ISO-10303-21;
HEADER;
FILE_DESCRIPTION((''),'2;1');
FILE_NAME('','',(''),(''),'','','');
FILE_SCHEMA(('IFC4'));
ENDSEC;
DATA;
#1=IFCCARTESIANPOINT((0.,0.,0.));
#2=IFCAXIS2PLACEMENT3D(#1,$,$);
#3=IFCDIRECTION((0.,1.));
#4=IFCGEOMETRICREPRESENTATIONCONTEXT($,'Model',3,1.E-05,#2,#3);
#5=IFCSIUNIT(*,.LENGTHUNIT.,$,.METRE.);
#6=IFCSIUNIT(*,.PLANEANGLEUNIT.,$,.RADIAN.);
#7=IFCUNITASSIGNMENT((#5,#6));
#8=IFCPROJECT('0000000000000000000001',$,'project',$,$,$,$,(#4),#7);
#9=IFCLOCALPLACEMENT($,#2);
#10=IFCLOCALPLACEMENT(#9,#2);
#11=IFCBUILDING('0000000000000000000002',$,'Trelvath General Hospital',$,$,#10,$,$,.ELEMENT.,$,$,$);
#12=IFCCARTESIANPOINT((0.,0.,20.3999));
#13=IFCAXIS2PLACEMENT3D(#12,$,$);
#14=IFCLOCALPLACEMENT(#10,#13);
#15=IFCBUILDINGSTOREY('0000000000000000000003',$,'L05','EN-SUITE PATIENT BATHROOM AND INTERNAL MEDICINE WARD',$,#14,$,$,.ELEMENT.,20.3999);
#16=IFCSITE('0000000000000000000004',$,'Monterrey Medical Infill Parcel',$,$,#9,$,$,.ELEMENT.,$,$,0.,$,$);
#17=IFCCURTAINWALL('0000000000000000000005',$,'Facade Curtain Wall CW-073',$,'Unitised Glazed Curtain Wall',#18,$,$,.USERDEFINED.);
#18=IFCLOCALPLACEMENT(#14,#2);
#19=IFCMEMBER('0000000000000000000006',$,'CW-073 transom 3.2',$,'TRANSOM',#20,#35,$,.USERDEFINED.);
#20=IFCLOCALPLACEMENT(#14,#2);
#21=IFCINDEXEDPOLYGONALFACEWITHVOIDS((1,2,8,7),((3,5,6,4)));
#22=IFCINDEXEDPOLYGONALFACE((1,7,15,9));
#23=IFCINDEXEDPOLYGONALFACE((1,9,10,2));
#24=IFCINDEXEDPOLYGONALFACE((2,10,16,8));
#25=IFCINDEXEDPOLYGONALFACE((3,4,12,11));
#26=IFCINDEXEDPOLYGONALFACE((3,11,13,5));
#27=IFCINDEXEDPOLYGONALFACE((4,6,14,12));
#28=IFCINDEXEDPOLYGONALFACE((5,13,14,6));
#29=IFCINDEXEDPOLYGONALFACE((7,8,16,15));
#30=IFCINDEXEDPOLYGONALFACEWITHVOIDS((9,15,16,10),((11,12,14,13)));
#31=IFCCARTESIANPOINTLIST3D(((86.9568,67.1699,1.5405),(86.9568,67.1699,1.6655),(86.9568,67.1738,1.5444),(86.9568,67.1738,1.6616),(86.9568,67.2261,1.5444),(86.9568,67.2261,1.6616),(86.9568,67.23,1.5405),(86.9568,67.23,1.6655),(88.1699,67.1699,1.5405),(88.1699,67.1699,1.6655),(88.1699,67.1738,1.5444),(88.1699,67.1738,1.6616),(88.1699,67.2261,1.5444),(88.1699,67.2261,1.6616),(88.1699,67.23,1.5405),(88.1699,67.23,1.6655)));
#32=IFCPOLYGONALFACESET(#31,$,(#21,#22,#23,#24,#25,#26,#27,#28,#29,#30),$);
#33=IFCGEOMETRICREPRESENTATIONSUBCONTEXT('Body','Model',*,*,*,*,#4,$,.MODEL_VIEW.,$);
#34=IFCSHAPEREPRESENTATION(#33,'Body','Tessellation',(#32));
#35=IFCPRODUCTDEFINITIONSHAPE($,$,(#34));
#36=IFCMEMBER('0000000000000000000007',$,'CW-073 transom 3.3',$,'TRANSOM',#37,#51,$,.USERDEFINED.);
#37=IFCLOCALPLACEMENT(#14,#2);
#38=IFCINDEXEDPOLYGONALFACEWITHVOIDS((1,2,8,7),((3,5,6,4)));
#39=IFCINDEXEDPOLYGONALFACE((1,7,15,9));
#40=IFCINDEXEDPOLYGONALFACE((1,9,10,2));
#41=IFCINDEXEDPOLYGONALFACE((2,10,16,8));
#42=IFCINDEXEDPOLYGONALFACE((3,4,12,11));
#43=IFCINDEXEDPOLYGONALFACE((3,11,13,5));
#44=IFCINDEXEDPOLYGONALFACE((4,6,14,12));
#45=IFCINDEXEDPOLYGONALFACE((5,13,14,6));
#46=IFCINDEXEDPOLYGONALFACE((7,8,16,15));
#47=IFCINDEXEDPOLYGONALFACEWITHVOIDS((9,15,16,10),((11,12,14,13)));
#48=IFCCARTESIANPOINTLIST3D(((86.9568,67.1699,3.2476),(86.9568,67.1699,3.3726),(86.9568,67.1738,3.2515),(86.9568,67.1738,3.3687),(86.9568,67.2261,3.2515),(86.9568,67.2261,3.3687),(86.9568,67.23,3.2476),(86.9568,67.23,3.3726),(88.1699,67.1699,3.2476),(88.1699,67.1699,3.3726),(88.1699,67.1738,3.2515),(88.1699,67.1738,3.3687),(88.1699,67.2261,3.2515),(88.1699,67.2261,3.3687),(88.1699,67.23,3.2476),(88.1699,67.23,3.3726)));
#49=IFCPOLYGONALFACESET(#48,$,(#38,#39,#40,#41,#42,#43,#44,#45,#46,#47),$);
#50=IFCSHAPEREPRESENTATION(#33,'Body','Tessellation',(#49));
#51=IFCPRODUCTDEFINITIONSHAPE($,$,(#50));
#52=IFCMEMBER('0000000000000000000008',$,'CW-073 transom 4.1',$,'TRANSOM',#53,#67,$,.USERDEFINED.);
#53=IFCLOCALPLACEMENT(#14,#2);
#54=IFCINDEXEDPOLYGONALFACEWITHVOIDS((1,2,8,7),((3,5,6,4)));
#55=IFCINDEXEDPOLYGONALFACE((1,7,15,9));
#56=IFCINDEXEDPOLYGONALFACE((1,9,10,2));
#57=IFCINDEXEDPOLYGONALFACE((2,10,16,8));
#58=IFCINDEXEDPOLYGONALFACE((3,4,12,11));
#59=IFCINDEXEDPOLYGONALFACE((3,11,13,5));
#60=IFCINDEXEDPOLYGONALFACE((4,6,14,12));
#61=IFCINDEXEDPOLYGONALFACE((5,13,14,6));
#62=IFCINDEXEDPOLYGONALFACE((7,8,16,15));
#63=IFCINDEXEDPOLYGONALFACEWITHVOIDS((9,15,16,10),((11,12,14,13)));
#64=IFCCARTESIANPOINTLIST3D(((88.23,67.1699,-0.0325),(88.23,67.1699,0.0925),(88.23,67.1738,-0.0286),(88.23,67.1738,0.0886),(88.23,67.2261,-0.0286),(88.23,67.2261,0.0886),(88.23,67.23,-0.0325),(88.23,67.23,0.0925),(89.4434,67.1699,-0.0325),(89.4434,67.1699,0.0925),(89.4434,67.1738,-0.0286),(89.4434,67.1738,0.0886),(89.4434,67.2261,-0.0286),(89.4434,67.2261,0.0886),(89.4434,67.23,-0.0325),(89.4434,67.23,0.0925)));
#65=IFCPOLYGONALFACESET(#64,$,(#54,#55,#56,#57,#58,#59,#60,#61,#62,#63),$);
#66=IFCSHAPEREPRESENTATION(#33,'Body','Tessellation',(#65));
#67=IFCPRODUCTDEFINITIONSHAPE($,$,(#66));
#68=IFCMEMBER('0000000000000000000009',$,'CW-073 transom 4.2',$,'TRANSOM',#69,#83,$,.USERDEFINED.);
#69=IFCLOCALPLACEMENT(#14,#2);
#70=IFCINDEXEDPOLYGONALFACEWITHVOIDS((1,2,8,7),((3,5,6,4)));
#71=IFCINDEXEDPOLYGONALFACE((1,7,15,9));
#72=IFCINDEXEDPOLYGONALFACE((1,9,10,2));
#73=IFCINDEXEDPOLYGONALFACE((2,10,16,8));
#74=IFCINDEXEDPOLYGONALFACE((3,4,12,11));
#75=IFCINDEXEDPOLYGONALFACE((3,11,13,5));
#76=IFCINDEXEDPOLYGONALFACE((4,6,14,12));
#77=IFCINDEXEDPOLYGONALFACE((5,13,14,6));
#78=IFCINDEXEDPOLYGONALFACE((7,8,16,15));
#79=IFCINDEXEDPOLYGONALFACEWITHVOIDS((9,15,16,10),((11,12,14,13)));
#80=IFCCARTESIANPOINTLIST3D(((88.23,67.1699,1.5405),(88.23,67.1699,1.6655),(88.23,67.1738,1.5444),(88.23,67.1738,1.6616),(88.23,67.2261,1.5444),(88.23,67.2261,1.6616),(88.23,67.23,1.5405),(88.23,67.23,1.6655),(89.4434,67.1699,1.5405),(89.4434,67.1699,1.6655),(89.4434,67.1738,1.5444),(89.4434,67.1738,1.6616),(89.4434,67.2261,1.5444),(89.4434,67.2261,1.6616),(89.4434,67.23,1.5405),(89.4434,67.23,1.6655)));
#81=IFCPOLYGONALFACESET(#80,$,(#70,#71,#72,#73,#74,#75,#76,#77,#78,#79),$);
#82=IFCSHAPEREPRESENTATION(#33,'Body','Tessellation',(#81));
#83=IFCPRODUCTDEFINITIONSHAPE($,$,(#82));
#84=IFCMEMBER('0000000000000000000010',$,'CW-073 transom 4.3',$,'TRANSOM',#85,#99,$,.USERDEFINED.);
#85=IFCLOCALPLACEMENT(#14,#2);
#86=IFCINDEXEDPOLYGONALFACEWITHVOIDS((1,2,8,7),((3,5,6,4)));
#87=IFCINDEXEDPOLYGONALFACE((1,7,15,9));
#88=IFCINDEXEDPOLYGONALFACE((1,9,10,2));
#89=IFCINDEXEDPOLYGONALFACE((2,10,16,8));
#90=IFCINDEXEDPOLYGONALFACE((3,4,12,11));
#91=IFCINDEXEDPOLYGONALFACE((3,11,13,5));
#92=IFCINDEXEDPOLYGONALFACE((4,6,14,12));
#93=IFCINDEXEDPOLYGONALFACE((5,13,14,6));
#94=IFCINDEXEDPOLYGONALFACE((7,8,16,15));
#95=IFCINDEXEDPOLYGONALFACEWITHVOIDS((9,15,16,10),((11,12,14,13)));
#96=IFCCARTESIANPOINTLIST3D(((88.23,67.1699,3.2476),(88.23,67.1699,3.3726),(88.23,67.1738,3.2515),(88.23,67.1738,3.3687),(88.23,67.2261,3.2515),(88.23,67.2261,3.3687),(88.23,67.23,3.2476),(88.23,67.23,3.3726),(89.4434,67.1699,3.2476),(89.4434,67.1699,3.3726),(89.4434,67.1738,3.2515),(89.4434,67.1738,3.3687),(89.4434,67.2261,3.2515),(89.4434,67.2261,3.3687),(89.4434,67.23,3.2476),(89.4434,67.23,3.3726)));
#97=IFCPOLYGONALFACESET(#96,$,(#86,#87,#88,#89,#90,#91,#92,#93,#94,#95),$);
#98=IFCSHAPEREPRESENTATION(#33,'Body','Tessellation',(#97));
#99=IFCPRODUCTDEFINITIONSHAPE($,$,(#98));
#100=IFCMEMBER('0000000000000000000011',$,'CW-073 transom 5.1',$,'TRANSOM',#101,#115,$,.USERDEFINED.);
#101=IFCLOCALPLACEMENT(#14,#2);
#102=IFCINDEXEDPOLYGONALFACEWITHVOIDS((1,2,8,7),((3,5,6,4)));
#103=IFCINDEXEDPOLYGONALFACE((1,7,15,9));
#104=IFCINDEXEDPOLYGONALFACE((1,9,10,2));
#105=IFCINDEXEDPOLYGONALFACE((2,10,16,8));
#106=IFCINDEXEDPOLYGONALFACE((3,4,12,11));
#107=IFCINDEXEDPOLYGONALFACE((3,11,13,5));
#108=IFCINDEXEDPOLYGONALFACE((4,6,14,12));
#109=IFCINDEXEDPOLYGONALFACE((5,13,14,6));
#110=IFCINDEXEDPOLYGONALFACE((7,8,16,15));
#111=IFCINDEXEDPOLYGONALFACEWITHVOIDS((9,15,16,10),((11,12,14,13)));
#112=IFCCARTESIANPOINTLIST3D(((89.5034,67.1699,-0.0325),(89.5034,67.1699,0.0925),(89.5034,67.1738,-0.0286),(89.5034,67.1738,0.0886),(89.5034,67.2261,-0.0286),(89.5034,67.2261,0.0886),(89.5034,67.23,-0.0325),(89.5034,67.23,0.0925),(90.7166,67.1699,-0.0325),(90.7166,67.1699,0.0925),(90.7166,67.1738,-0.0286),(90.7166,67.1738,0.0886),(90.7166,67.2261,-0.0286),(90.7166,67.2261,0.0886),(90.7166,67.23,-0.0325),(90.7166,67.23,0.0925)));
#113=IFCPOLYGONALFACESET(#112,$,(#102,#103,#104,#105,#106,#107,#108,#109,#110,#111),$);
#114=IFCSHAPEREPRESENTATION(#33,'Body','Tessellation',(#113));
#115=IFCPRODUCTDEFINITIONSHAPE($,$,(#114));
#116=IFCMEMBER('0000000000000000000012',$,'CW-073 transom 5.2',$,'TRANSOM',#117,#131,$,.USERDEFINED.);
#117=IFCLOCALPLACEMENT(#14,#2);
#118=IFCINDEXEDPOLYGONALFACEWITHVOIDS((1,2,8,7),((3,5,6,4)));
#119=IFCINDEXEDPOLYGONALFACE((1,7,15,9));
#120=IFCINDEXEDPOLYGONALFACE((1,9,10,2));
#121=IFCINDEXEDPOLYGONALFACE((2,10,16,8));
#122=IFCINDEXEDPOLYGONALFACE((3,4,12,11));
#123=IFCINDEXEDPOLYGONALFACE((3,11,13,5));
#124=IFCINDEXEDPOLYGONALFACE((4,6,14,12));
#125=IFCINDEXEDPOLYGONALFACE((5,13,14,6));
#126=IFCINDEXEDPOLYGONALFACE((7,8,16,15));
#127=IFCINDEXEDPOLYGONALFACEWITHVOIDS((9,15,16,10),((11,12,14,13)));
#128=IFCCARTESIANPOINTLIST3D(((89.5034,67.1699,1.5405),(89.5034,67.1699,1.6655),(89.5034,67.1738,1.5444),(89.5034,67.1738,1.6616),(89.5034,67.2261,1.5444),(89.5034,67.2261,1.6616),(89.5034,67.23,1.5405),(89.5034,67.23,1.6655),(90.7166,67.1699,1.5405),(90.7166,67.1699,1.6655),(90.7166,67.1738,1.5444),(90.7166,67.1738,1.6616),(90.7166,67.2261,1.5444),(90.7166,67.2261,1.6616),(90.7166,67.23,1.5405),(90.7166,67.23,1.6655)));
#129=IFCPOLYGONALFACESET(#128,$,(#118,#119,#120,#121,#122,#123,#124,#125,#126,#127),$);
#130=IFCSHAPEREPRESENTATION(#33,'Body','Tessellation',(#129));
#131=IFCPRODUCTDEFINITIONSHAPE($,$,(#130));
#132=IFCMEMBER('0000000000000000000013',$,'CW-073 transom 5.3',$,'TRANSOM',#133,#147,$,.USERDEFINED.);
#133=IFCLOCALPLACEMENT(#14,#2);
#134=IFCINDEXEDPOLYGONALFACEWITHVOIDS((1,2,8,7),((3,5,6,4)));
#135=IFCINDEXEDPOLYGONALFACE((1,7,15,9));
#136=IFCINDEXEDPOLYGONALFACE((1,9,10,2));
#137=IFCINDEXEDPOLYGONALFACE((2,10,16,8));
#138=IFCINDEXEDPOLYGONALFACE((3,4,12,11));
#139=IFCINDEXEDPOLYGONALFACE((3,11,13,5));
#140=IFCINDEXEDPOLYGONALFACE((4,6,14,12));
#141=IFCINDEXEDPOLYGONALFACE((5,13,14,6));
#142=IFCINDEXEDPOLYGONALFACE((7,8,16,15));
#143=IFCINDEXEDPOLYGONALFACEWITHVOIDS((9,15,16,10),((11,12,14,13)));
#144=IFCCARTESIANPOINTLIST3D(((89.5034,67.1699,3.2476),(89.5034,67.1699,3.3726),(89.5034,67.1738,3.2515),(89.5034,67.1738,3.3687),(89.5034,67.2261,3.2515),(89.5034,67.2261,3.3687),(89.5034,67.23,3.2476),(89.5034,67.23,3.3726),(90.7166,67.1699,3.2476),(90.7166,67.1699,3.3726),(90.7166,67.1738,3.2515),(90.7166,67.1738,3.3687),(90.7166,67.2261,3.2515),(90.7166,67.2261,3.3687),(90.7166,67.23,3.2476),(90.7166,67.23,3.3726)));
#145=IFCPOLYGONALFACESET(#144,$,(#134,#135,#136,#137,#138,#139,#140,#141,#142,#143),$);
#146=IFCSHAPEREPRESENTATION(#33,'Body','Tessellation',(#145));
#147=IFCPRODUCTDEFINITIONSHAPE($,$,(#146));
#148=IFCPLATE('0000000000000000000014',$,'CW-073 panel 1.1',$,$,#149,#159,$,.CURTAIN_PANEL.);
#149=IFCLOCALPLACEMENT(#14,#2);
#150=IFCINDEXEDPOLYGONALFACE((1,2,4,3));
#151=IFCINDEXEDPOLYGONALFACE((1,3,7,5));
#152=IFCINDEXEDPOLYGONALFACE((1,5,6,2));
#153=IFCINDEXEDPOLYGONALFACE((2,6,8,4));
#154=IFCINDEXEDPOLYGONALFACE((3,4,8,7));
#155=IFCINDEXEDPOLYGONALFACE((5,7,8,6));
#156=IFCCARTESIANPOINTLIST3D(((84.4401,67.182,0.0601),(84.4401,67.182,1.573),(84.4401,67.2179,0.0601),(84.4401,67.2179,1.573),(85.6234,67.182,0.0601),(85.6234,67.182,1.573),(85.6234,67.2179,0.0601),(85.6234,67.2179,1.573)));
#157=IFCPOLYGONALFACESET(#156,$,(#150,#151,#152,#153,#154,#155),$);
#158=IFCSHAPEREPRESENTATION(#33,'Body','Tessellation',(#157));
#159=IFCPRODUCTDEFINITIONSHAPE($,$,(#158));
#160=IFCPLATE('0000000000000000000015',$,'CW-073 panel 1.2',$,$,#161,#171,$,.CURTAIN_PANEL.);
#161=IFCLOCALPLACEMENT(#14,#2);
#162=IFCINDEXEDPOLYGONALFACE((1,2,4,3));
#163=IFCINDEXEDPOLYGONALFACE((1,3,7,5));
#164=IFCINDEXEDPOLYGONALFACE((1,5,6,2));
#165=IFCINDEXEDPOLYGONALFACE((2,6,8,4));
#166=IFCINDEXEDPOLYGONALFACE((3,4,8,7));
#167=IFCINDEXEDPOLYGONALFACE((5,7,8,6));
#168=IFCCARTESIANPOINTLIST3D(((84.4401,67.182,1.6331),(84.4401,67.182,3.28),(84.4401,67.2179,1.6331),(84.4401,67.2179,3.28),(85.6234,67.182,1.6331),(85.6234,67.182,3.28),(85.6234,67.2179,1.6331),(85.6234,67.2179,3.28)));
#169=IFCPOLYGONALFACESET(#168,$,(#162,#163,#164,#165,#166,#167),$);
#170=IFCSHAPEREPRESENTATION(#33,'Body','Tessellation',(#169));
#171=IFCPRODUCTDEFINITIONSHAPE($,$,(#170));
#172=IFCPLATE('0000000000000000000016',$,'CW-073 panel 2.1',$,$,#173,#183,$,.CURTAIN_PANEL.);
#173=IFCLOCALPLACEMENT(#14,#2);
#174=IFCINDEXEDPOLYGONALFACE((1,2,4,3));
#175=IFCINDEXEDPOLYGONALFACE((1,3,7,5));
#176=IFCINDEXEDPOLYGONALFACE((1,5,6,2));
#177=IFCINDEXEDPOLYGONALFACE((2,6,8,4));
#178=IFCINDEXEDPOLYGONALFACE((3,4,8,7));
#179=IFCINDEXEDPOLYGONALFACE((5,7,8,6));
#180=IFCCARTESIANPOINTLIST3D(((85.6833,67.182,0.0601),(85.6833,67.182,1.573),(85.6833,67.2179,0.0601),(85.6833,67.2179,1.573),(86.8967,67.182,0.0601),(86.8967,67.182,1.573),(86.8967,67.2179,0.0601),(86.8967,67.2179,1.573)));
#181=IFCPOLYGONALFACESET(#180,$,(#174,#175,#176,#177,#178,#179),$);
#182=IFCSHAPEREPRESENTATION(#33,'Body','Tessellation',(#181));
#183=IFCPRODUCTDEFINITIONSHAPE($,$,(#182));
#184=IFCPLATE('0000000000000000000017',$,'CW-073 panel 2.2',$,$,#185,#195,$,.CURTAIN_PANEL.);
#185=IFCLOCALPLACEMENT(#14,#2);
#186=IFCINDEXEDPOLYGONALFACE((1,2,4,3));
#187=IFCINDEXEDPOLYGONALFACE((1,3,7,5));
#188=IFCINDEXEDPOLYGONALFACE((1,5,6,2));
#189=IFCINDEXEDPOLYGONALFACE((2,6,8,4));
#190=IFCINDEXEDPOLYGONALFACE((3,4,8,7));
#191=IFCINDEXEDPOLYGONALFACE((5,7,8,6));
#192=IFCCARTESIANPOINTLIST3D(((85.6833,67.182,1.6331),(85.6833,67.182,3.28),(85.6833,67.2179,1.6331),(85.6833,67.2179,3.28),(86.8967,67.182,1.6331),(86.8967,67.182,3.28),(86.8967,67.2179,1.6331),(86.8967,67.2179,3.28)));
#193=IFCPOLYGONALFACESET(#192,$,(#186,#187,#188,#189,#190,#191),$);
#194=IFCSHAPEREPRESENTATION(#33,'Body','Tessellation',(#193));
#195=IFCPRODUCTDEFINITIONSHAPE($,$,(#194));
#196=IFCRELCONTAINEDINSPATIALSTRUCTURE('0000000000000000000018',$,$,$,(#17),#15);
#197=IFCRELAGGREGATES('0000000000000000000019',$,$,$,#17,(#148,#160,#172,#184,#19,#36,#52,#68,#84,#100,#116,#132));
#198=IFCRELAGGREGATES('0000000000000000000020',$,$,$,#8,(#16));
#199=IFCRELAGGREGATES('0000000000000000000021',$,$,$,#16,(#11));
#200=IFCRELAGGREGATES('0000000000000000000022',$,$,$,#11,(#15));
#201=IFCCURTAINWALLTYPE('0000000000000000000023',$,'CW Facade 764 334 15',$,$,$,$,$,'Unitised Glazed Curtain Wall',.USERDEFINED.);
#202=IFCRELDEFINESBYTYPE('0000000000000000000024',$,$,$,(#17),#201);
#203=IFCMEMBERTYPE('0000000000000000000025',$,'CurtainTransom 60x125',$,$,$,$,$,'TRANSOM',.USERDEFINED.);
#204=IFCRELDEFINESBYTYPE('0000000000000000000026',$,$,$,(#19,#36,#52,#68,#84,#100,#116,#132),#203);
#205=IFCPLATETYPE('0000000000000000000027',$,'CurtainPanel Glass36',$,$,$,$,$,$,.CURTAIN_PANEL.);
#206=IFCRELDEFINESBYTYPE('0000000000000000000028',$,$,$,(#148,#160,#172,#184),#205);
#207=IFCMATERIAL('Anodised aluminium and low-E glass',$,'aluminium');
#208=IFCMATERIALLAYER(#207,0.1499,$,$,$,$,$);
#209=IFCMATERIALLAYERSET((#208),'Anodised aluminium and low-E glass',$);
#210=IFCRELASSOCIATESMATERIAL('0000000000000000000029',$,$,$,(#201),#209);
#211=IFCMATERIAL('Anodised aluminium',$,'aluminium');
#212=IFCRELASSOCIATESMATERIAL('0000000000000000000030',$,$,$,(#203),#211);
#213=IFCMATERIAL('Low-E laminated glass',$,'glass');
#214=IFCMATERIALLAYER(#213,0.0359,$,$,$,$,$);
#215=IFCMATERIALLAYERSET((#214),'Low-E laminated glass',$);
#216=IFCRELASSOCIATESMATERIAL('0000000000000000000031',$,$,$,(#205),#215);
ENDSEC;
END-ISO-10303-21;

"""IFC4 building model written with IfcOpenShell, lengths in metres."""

from ifc_helpers import new_model, si_unit, direction, frame, origin, origin_2d, place, context, subcontext, project, spatial, rectangle, hollow_rectangle, extrude, material, layer, layer_set, material_profile, profile_set, type_object, element, aggregate, save


model = new_model("IFC4")

# Units and contexts
model_context = context("Model", 3, precision=1e-05, world=origin(), true_north=direction((0.0, 1.0)))
body_context = subcontext(model_context, "Body", "Model", "MODEL_VIEW")
ifc_project = project(units=[si_unit("LENGTHUNIT", "METRE"), si_unit("PLANEANGLEUNIT", "RADIAN")], contexts=[model_context])

# Site, building, storey
site_placement = place(None, origin())
site = spatial("IfcSite", under=ifc_project, at=site_placement, Name="Monterrey Medical Infill Parcel", CompositionType="ELEMENT", RefElevation=0.0)
building_placement = place(site_placement, origin())
building = spatial("IfcBuilding", under=site, at=building_placement, Name="Trelvath General Hospital", CompositionType="ELEMENT")
storey_placement = place(building_placement, frame((0.0, 0.0, 20.3999)))
storey = spatial("IfcBuildingStorey", under=building, at=storey_placement, Name="L05", Description="EN-SUITE PATIENT BATHROOM AND INTERNAL MEDICINE WARD", CompositionType="ELEMENT", Elevation=20.3999)

# Curtain wall, members, plates
ifc_material_1 = material(Name="Anodised aluminium and low-E glass", Category="aluminium")
ifc_layer_1 = layer(ifc_material_1, 0.1499)
ifc_layer_set_1 = layer_set([ifc_layer_1], Name="Anodised aluminium and low-E glass")
curtain_wall_type = type_object("IfcCurtainWallType", Name="CW Facade 764 334 15", ElementType="Unitised Glazed Curtain Wall", PredefinedType="USERDEFINED", material=ifc_layer_set_1)
curtain_wall_placement = place(storey_placement, origin())
curtain_wall = element("IfcCurtainWall", 1, at=curtain_wall_placement, inside=storey, type_object=curtain_wall_type, Name="Facade Curtain Wall CW-073", ObjectType="Unitised Glazed Curtain Wall", PredefinedType="USERDEFINED")
ifc_material_2 = material(Name="Anodised aluminium", Category="aluminium")
ifc_material_profile_1 = material_profile(ifc_material_2, hollow_rectangle(XDim=0.0601, YDim=0.125, WallThickness=0.0039, at=origin_2d()), Name="RHS60x125x4")
ifc_profile_set_1 = profile_set([ifc_material_profile_1], Name="Anodised aluminium")
member_type_1 = type_object("IfcMemberType", Name="CurtainTransom 60x125", ElementType="TRANSOM", PredefinedType="USERDEFINED", material=ifc_profile_set_1)
member_1_placement = place(storey_placement, frame((86.9568, 67.2, 1.603), z_axis=(1.0, 0.0, 0.0), x_axis=(0.0, 1.0, 0.0)))
member_1 = element("IfcMember", 2, at=member_1_placement, type_object=member_type_1, Name="CW-073 transom 3.2", ObjectType="TRANSOM", PredefinedType="USERDEFINED", context=body_context, shape_type="SweptSolid", body=[
    extrude(hollow_rectangle(XDim=0.0601, YDim=0.125, WallThickness=0.0039, at=origin_2d()), origin(), (0.0, 0.0, 1.0), 1.2131),
])
member_2_placement = place(storey_placement, frame((86.9568, 67.2, 3.3101), z_axis=(1.0, 0.0, 0.0), x_axis=(0.0, 1.0, 0.0)))
member_2 = element("IfcMember", 3, at=member_2_placement, type_object=member_type_1, Name="CW-073 transom 3.3", ObjectType="TRANSOM", PredefinedType="USERDEFINED", context=body_context, shape_type="SweptSolid", body=[
    extrude(hollow_rectangle(XDim=0.0601, YDim=0.125, WallThickness=0.0039, at=origin_2d()), origin(), (0.0, 0.0, 1.0), 1.2131),
])
member_3_placement = place(storey_placement, frame((88.23, 67.2, 0.03), z_axis=(1.0, 0.0, 0.0), x_axis=(0.0, 1.0, 0.0)))
member_3 = element("IfcMember", 4, at=member_3_placement, type_object=member_type_1, Name="CW-073 transom 4.1", ObjectType="TRANSOM", PredefinedType="USERDEFINED", context=body_context, shape_type="SweptSolid", body=[
    extrude(hollow_rectangle(XDim=0.0601, YDim=0.125, WallThickness=0.0039, at=origin_2d()), origin(), (0.0, 0.0, 1.0), 1.2134),
])
member_4_placement = place(storey_placement, frame((88.23, 67.2, 1.603), z_axis=(1.0, 0.0, 0.0), x_axis=(0.0, 1.0, 0.0)))
member_4 = element("IfcMember", 5, at=member_4_placement, type_object=member_type_1, Name="CW-073 transom 4.2", ObjectType="TRANSOM", PredefinedType="USERDEFINED", context=body_context, shape_type="SweptSolid", body=[
    extrude(hollow_rectangle(XDim=0.0601, YDim=0.125, WallThickness=0.0039, at=origin_2d()), origin(), (0.0, 0.0, 1.0), 1.2134),
])
member_5_placement = place(storey_placement, frame((88.23, 67.2, 3.3101), z_axis=(1.0, 0.0, 0.0), x_axis=(0.0, 1.0, 0.0)))
member_5 = element("IfcMember", 6, at=member_5_placement, type_object=member_type_1, Name="CW-073 transom 4.3", ObjectType="TRANSOM", PredefinedType="USERDEFINED", context=body_context, shape_type="SweptSolid", body=[
    extrude(hollow_rectangle(XDim=0.0601, YDim=0.125, WallThickness=0.0039, at=origin_2d()), origin(), (0.0, 0.0, 1.0), 1.2134),
])
member_6_placement = place(storey_placement, frame((89.5034, 67.2, 0.03), z_axis=(1.0, 0.0, 0.0), x_axis=(0.0, 1.0, 0.0)))
member_6 = element("IfcMember", 7, at=member_6_placement, type_object=member_type_1, Name="CW-073 transom 5.1", ObjectType="TRANSOM", PredefinedType="USERDEFINED", context=body_context, shape_type="SweptSolid", body=[
    extrude(hollow_rectangle(XDim=0.0601, YDim=0.125, WallThickness=0.0039, at=origin_2d()), origin(), (0.0, 0.0, 1.0), 1.2131),
])
member_7_placement = place(storey_placement, frame((89.5034, 67.2, 1.603), z_axis=(1.0, 0.0, 0.0), x_axis=(0.0, 1.0, 0.0)))
member_7 = element("IfcMember", 8, at=member_7_placement, type_object=member_type_1, Name="CW-073 transom 5.2", ObjectType="TRANSOM", PredefinedType="USERDEFINED", context=body_context, shape_type="SweptSolid", body=[
    extrude(hollow_rectangle(XDim=0.0601, YDim=0.125, WallThickness=0.0039, at=origin_2d()), origin(), (0.0, 0.0, 1.0), 1.2131),
])
member_8_placement = place(storey_placement, frame((89.5034, 67.2, 3.3101), z_axis=(1.0, 0.0, 0.0), x_axis=(0.0, 1.0, 0.0)))
member_8 = element("IfcMember", 9, at=member_8_placement, type_object=member_type_1, Name="CW-073 transom 5.3", ObjectType="TRANSOM", PredefinedType="USERDEFINED", context=body_context, shape_type="SweptSolid", body=[
    extrude(hollow_rectangle(XDim=0.0601, YDim=0.125, WallThickness=0.0039, at=origin_2d()), origin(), (0.0, 0.0, 1.0), 1.2131),
])
ifc_material_3 = material(Name="Low-E laminated glass", Category="glass")
ifc_layer_2 = layer(ifc_material_3, 0.0359)
ifc_layer_set_2 = layer_set([ifc_layer_2], Name="Low-E laminated glass")
plate_type = type_object("IfcPlateType", Name="CurtainPanel Glass36", PredefinedType="CURTAIN_PANEL", material=ifc_layer_set_2)
plate_1_placement = place(storey_placement, frame((85.0317, 67.2, 0.0601), z_axis=(0.0, 0.0, 1.0), x_axis=(1.0, 0.0, 0.0)))
plate_1 = element("IfcPlate", 10, at=plate_1_placement, type_object=plate_type, Name="CW-073 panel 1.1", PredefinedType="CURTAIN_PANEL", context=body_context, shape_type="SweptSolid", body=[
    extrude(rectangle(XDim=1.1833, YDim=0.0359, at=origin_2d()), origin(), (0.0, 0.0, 1.0), 1.5129),
])
plate_2_placement = place(storey_placement, frame((85.0317, 67.2, 1.6331), z_axis=(0.0, 0.0, 1.0), x_axis=(1.0, 0.0, 0.0)))
plate_2 = element("IfcPlate", 11, at=plate_2_placement, type_object=plate_type, Name="CW-073 panel 1.2", PredefinedType="CURTAIN_PANEL", context=body_context, shape_type="SweptSolid", body=[
    extrude(rectangle(XDim=1.1833, YDim=0.0359, at=origin_2d()), origin(), (0.0, 0.0, 1.0), 1.647),
])
plate_3_placement = place(storey_placement, frame((86.29, 67.2, 0.0601), z_axis=(0.0, 0.0, 1.0), x_axis=(1.0, 0.0, 0.0)))
plate_3 = element("IfcPlate", 12, at=plate_3_placement, type_object=plate_type, Name="CW-073 panel 2.1", PredefinedType="CURTAIN_PANEL", context=body_context, shape_type="SweptSolid", body=[
    extrude(rectangle(XDim=1.2134, YDim=0.0359, at=origin_2d()), origin(), (0.0, 0.0, 1.0), 1.5129),
])
plate_4_placement = place(storey_placement, frame((86.29, 67.2, 1.6331), z_axis=(0.0, 0.0, 1.0), x_axis=(1.0, 0.0, 0.0)))
plate_4 = element("IfcPlate", 13, at=plate_4_placement, type_object=plate_type, Name="CW-073 panel 2.2", PredefinedType="CURTAIN_PANEL", context=body_context, shape_type="SweptSolid", body=[
    extrude(rectangle(XDim=1.2134, YDim=0.0359, at=origin_2d()), origin(), (0.0, 0.0, 1.0), 1.647),
])
aggregate(curtain_wall, [plate_1, plate_2, plate_3, plate_4, member_1, member_2, member_3, member_4, member_5, member_6, member_7, member_8])

save(model, "model.ifc")
